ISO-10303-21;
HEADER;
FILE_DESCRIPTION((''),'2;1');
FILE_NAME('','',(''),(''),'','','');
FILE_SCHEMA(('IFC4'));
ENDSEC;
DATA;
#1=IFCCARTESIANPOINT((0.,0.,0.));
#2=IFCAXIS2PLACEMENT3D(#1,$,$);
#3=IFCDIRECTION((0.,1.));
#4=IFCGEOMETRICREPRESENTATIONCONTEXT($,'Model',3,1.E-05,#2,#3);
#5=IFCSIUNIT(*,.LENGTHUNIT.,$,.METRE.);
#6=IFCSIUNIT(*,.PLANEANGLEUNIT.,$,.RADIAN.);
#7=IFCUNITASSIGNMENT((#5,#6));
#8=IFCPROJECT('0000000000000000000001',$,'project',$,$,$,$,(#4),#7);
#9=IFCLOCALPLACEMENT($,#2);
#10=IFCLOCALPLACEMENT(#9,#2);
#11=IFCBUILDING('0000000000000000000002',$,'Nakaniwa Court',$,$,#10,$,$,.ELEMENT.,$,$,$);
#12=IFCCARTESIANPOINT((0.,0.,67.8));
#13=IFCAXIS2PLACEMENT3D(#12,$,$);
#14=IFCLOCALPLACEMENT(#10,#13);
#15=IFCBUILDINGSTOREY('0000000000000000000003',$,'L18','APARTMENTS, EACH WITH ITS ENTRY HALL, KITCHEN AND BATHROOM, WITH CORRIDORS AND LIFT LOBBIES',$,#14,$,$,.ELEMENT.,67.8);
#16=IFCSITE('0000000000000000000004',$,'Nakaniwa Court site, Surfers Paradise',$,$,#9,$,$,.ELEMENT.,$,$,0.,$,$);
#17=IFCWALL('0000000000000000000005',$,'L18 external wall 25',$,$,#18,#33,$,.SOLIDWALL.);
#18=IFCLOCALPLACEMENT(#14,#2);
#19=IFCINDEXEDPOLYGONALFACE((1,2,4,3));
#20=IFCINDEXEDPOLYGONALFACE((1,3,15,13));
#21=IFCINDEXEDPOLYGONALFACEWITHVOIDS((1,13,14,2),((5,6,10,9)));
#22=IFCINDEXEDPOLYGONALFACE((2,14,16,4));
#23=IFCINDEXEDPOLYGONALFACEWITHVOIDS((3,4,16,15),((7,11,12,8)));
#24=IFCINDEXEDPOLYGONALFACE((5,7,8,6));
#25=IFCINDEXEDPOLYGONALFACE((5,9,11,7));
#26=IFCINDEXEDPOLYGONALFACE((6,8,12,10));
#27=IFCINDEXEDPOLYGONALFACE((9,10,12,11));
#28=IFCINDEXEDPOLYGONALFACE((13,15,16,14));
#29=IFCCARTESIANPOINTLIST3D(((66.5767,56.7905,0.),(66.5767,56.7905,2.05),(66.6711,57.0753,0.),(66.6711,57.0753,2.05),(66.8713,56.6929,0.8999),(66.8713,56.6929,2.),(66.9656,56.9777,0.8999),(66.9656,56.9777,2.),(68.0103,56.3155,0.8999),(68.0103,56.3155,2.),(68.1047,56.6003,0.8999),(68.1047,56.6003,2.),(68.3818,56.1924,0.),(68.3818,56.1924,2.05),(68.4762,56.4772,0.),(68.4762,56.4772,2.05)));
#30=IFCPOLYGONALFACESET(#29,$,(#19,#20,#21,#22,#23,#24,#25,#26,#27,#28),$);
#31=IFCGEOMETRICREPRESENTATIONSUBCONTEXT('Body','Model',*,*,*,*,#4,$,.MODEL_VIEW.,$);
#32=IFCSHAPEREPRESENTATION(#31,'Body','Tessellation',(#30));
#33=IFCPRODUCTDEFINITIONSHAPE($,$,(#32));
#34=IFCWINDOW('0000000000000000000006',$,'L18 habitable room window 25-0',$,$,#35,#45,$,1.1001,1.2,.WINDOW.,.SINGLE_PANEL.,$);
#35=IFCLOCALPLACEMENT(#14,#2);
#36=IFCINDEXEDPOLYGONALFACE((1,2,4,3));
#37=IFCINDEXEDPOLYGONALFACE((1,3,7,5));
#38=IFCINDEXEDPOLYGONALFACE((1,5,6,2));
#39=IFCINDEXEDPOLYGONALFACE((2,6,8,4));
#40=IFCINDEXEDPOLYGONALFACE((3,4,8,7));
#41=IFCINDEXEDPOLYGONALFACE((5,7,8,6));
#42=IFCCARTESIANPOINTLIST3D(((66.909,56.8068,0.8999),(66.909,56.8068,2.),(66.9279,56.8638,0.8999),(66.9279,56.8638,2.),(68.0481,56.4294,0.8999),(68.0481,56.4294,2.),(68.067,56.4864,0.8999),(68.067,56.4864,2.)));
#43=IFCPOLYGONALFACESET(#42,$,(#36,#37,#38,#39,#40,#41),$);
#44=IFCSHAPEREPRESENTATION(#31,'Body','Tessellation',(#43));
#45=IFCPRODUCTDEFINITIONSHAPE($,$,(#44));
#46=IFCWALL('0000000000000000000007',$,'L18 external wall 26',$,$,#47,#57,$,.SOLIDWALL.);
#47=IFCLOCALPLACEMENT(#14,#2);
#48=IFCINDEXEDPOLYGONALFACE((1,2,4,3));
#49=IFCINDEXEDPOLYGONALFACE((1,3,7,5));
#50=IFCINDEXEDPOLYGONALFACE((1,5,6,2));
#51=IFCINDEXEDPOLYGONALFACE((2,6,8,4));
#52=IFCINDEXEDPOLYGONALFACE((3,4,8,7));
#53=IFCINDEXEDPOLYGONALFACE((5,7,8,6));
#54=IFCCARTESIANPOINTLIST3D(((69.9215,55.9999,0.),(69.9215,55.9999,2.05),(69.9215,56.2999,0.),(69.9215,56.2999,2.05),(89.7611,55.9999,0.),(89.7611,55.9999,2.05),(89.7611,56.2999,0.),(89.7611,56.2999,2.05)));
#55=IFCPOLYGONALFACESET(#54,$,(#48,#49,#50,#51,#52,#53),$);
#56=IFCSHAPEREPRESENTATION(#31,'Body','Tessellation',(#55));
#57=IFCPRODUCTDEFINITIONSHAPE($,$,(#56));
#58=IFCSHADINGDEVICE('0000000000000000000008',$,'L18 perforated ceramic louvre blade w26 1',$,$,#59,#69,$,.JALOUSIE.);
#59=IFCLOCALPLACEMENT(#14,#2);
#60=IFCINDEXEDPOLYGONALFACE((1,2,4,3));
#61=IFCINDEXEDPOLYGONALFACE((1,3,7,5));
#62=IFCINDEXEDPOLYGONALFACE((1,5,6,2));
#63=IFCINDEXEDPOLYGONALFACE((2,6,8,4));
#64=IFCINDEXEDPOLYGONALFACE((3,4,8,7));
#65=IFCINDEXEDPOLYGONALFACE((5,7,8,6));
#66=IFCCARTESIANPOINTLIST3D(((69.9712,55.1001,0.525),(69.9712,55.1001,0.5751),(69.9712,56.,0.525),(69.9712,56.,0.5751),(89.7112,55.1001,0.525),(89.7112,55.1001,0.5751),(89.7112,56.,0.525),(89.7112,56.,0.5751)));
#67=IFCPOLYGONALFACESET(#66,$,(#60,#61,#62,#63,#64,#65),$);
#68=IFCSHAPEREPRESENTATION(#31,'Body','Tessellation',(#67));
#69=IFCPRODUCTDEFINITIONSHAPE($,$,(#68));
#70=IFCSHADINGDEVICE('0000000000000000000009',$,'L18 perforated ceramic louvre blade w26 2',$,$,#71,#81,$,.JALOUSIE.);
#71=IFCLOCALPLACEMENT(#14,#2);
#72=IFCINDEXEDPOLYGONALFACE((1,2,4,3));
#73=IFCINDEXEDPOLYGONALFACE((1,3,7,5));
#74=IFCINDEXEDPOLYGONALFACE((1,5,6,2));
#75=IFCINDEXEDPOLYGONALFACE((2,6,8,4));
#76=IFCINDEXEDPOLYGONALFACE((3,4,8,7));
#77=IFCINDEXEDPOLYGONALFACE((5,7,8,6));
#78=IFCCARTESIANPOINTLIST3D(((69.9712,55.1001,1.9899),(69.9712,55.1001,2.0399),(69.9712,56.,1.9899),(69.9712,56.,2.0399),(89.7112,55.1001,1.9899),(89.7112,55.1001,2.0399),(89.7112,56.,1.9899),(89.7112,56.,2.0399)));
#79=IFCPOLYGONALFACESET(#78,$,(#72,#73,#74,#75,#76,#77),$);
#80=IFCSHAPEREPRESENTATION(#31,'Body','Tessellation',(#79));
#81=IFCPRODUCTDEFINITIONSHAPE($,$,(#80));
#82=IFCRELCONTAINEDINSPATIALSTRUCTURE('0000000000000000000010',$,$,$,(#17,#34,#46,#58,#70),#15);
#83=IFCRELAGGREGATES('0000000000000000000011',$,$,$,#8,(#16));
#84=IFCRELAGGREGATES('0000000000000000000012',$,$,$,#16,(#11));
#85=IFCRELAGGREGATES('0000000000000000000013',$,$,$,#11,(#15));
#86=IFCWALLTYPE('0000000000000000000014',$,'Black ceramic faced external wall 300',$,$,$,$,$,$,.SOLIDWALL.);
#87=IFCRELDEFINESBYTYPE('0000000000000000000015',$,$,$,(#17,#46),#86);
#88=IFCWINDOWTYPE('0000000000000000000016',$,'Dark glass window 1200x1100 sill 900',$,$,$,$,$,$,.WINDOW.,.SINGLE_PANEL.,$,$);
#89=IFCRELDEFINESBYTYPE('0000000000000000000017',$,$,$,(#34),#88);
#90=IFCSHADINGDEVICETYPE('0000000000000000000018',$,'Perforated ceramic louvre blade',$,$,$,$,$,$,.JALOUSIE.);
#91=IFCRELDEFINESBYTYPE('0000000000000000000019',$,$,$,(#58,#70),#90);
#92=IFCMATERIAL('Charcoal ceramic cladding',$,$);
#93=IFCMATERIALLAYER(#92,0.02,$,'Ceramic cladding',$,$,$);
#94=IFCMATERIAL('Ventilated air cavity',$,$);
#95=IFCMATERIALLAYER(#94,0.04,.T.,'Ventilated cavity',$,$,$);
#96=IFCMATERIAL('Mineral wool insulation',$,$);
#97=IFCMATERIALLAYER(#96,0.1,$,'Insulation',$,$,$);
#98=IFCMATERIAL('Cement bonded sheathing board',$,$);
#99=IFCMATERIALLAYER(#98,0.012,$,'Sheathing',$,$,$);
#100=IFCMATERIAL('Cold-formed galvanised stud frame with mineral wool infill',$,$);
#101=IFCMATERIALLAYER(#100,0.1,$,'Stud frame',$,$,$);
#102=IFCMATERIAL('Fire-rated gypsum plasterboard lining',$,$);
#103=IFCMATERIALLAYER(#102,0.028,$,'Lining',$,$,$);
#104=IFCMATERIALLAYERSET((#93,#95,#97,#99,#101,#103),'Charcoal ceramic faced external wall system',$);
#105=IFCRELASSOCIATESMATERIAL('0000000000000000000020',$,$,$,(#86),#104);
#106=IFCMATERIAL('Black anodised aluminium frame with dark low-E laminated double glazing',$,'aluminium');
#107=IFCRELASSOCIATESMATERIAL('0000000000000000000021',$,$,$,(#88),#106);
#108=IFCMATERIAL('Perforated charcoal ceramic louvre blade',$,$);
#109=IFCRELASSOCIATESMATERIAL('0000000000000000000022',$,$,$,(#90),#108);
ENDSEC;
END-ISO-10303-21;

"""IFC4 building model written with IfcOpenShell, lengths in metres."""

from ifc_helpers import new_model, si_unit, direction, frame, frame_2d, origin, origin_2d, place, context, subcontext, project, spatial, rectangle, extrude, material, layer, layer_set, material_profile, profile_set, type_object, element, fill, save


model = new_model("IFC4")

# Units and contexts
model_context = context("Model", 3, precision=1e-05, world=origin(), true_north=direction((0.0, 1.0)))
body_context = subcontext(model_context, "Body", "Model", "MODEL_VIEW")
ifc_project = project(units=[si_unit("LENGTHUNIT", "METRE"), si_unit("PLANEANGLEUNIT", "RADIAN")], contexts=[model_context])

# Site, building, storey
site_placement = place(None, origin())
site = spatial("IfcSite", under=ifc_project, at=site_placement, Name="Nakaniwa Court site, Surfers Paradise", CompositionType="ELEMENT", RefElevation=0.0)
building_placement = place(site_placement, origin())
building = spatial("IfcBuilding", under=site, at=building_placement, Name="Nakaniwa Court", CompositionType="ELEMENT")
storey_placement = place(building_placement, frame((0.0, 0.0, 67.8)))
storey = spatial("IfcBuildingStorey", under=building, at=storey_placement, Name="L18", Description="APARTMENTS, EACH WITH ITS ENTRY HALL, KITCHEN AND BATHROOM, WITH CORRIDORS AND LIFT LOBBIES", CompositionType="ELEMENT", Elevation=67.8)

# Wall, opening, window
ifc_material_1 = material(Name="Charcoal ceramic cladding")
ifc_layer_1 = layer(ifc_material_1, 0.02, Name="Ceramic cladding")
ifc_material_2 = material(Name="Ventilated air cavity")
ifc_layer_2 = layer(ifc_material_2, 0.04, ventilated=True, Name="Ventilated cavity")
ifc_material_3 = material(Name="Mineral wool insulation")
ifc_layer_3 = layer(ifc_material_3, 0.1, Name="Insulation")
ifc_material_4 = material(Name="Cement bonded sheathing board")
ifc_layer_4 = layer(ifc_material_4, 0.012, Name="Sheathing")
ifc_material_5 = material(Name="Cold-formed galvanised stud frame with mineral wool infill")
ifc_layer_5 = layer(ifc_material_5, 0.1, Name="Stud frame")
ifc_material_6 = material(Name="Fire-rated gypsum plasterboard lining")
ifc_layer_6 = layer(ifc_material_6, 0.028, Name="Lining")
ifc_layer_set_1 = layer_set([ifc_layer_1, ifc_layer_2, ifc_layer_3, ifc_layer_4, ifc_layer_5, ifc_layer_6], Name="Charcoal ceramic faced external wall system")
wall_type_1 = type_object("IfcWallType", Name="Black ceramic faced external wall 300", PredefinedType="SOLIDWALL", material=ifc_layer_set_1)
ifc_material_7 = material(Name="Black anodised aluminium frame with dark low-E laminated double glazing", Category="aluminium")
window_type_1 = type_object("IfcWindowType", Name="Dark glass window 1200x1100 sill 900", PartitioningType="SINGLE_PANEL", PredefinedType="WINDOW", material=ifc_material_7)
wall_1_placement = place(storey_placement, frame((66.624, 56.9329, 0.0), z_axis=(0.0, 0.0, 1.0), x_axis=(0.949247, -0.314533, 0.0)))
wall_1 = element("IfcWall", 1, at=wall_1_placement, inside=storey, type_object=wall_type_1, Name="L18 external wall 25", PredefinedType="SOLIDWALL", context=body_context, shape_type="SweptSolid", body=[
    extrude(rectangle(XDim=1.9016, YDim=0.3, at=frame_2d((0.9507, 0.0))), origin(), (0.0, 0.0, 1.0), 2.05),
])
opening_1_placement = place(wall_1_placement, frame((0.3101, 0.0, 0.8999)))
opening_1 = element("IfcOpeningElement", 2, at=opening_1_placement, cuts=wall_1, PredefinedType="OPENING", context=body_context, shape_type="SweptSolid", body=[
    extrude(rectangle(XDim=1.2, YDim=1.1001, at=frame_2d((0.6001, 0.55))), frame((0.0, 0.1599, 0.0), z_axis=(0.0, -1.0, 0.0), x_axis=(1.0, 0.0, 0.0)), (0.0, 0.0, 1.0), 0.3201),
])
window_1_placement = place(opening_1_placement, origin())
window_1 = element("IfcWindow", 3, at=window_1_placement, inside=storey, type_object=window_type_1, Name="L18 habitable room window 25-0", OverallHeight=1.1001, OverallWidth=1.2, PartitioningType="SINGLE_PANEL", PredefinedType="WINDOW", context=body_context, shape_type="SweptSolid", body=[
    extrude(rectangle(XDim=1.2, YDim=1.1001, at=frame_2d((0.6001, 0.55))), frame((0.0, 0.03, 0.0), z_axis=(0.0, -1.0, 0.0), x_axis=(1.0, 0.0, 0.0)), (0.0, 0.0, 1.0), 0.0601),
])
fill(opening_1, window_1)

# Wall
wall_2_placement = place(storey_placement, frame((69.9214, 56.1499, 0.0), z_axis=(0.0, 0.0, 1.0), x_axis=(1.0, 0.0, 0.0)))
element("IfcWall", 4, at=wall_2_placement, inside=storey, type_object=wall_type_1, Name="L18 external wall 26", PredefinedType="SOLIDWALL", context=body_context, shape_type="SweptSolid", body=[
    extrude(rectangle(XDim=19.8396, YDim=0.3, at=frame_2d((9.9199, 0.0))), origin(), (0.0, 0.0, 1.0), 2.05),
])

# Shading devices
ifc_material_8 = material(Name="Perforated charcoal ceramic louvre blade")
ifc_material_profile_1 = material_profile(ifc_material_8, rectangle(XDim=0.8999, YDim=0.05, at=origin_2d()), Name="Perforated ceramic louvre blade")
ifc_profile_set_1 = profile_set([ifc_material_profile_1], Name="Perforated charcoal ceramic louvre blade")
shading_device_type = type_object("IfcShadingDeviceType", Name="Perforated ceramic louvre blade", PredefinedType="JALOUSIE", material=ifc_profile_set_1)
for number, where, z_axis, x_axis, name in (
    (5, (69.9712, 55.55, 0.55), (1.0, 0.0, 0.0), (0.0, 1.0, 0.0), "L18 perforated ceramic louvre blade w26 1"),
    (6, (69.9712, 55.55, 2.0149), (1.0, 0.0, 0.0), (0.0, 1.0, 0.0), "L18 perforated ceramic louvre blade w26 2"),
):
    element("IfcShadingDevice", number, at=place(storey_placement, frame(where, z_axis=z_axis, x_axis=x_axis)), inside=storey, type_object=shading_device_type, Name=name, PredefinedType="JALOUSIE", context=body_context, shape_type="SweptSolid", body=[
        extrude(rectangle(XDim=0.8999, YDim=0.05, at=origin_2d()), origin(), (0.0, 0.0, 1.0), 19.74),
    ])

save(model, "model.ifc")
